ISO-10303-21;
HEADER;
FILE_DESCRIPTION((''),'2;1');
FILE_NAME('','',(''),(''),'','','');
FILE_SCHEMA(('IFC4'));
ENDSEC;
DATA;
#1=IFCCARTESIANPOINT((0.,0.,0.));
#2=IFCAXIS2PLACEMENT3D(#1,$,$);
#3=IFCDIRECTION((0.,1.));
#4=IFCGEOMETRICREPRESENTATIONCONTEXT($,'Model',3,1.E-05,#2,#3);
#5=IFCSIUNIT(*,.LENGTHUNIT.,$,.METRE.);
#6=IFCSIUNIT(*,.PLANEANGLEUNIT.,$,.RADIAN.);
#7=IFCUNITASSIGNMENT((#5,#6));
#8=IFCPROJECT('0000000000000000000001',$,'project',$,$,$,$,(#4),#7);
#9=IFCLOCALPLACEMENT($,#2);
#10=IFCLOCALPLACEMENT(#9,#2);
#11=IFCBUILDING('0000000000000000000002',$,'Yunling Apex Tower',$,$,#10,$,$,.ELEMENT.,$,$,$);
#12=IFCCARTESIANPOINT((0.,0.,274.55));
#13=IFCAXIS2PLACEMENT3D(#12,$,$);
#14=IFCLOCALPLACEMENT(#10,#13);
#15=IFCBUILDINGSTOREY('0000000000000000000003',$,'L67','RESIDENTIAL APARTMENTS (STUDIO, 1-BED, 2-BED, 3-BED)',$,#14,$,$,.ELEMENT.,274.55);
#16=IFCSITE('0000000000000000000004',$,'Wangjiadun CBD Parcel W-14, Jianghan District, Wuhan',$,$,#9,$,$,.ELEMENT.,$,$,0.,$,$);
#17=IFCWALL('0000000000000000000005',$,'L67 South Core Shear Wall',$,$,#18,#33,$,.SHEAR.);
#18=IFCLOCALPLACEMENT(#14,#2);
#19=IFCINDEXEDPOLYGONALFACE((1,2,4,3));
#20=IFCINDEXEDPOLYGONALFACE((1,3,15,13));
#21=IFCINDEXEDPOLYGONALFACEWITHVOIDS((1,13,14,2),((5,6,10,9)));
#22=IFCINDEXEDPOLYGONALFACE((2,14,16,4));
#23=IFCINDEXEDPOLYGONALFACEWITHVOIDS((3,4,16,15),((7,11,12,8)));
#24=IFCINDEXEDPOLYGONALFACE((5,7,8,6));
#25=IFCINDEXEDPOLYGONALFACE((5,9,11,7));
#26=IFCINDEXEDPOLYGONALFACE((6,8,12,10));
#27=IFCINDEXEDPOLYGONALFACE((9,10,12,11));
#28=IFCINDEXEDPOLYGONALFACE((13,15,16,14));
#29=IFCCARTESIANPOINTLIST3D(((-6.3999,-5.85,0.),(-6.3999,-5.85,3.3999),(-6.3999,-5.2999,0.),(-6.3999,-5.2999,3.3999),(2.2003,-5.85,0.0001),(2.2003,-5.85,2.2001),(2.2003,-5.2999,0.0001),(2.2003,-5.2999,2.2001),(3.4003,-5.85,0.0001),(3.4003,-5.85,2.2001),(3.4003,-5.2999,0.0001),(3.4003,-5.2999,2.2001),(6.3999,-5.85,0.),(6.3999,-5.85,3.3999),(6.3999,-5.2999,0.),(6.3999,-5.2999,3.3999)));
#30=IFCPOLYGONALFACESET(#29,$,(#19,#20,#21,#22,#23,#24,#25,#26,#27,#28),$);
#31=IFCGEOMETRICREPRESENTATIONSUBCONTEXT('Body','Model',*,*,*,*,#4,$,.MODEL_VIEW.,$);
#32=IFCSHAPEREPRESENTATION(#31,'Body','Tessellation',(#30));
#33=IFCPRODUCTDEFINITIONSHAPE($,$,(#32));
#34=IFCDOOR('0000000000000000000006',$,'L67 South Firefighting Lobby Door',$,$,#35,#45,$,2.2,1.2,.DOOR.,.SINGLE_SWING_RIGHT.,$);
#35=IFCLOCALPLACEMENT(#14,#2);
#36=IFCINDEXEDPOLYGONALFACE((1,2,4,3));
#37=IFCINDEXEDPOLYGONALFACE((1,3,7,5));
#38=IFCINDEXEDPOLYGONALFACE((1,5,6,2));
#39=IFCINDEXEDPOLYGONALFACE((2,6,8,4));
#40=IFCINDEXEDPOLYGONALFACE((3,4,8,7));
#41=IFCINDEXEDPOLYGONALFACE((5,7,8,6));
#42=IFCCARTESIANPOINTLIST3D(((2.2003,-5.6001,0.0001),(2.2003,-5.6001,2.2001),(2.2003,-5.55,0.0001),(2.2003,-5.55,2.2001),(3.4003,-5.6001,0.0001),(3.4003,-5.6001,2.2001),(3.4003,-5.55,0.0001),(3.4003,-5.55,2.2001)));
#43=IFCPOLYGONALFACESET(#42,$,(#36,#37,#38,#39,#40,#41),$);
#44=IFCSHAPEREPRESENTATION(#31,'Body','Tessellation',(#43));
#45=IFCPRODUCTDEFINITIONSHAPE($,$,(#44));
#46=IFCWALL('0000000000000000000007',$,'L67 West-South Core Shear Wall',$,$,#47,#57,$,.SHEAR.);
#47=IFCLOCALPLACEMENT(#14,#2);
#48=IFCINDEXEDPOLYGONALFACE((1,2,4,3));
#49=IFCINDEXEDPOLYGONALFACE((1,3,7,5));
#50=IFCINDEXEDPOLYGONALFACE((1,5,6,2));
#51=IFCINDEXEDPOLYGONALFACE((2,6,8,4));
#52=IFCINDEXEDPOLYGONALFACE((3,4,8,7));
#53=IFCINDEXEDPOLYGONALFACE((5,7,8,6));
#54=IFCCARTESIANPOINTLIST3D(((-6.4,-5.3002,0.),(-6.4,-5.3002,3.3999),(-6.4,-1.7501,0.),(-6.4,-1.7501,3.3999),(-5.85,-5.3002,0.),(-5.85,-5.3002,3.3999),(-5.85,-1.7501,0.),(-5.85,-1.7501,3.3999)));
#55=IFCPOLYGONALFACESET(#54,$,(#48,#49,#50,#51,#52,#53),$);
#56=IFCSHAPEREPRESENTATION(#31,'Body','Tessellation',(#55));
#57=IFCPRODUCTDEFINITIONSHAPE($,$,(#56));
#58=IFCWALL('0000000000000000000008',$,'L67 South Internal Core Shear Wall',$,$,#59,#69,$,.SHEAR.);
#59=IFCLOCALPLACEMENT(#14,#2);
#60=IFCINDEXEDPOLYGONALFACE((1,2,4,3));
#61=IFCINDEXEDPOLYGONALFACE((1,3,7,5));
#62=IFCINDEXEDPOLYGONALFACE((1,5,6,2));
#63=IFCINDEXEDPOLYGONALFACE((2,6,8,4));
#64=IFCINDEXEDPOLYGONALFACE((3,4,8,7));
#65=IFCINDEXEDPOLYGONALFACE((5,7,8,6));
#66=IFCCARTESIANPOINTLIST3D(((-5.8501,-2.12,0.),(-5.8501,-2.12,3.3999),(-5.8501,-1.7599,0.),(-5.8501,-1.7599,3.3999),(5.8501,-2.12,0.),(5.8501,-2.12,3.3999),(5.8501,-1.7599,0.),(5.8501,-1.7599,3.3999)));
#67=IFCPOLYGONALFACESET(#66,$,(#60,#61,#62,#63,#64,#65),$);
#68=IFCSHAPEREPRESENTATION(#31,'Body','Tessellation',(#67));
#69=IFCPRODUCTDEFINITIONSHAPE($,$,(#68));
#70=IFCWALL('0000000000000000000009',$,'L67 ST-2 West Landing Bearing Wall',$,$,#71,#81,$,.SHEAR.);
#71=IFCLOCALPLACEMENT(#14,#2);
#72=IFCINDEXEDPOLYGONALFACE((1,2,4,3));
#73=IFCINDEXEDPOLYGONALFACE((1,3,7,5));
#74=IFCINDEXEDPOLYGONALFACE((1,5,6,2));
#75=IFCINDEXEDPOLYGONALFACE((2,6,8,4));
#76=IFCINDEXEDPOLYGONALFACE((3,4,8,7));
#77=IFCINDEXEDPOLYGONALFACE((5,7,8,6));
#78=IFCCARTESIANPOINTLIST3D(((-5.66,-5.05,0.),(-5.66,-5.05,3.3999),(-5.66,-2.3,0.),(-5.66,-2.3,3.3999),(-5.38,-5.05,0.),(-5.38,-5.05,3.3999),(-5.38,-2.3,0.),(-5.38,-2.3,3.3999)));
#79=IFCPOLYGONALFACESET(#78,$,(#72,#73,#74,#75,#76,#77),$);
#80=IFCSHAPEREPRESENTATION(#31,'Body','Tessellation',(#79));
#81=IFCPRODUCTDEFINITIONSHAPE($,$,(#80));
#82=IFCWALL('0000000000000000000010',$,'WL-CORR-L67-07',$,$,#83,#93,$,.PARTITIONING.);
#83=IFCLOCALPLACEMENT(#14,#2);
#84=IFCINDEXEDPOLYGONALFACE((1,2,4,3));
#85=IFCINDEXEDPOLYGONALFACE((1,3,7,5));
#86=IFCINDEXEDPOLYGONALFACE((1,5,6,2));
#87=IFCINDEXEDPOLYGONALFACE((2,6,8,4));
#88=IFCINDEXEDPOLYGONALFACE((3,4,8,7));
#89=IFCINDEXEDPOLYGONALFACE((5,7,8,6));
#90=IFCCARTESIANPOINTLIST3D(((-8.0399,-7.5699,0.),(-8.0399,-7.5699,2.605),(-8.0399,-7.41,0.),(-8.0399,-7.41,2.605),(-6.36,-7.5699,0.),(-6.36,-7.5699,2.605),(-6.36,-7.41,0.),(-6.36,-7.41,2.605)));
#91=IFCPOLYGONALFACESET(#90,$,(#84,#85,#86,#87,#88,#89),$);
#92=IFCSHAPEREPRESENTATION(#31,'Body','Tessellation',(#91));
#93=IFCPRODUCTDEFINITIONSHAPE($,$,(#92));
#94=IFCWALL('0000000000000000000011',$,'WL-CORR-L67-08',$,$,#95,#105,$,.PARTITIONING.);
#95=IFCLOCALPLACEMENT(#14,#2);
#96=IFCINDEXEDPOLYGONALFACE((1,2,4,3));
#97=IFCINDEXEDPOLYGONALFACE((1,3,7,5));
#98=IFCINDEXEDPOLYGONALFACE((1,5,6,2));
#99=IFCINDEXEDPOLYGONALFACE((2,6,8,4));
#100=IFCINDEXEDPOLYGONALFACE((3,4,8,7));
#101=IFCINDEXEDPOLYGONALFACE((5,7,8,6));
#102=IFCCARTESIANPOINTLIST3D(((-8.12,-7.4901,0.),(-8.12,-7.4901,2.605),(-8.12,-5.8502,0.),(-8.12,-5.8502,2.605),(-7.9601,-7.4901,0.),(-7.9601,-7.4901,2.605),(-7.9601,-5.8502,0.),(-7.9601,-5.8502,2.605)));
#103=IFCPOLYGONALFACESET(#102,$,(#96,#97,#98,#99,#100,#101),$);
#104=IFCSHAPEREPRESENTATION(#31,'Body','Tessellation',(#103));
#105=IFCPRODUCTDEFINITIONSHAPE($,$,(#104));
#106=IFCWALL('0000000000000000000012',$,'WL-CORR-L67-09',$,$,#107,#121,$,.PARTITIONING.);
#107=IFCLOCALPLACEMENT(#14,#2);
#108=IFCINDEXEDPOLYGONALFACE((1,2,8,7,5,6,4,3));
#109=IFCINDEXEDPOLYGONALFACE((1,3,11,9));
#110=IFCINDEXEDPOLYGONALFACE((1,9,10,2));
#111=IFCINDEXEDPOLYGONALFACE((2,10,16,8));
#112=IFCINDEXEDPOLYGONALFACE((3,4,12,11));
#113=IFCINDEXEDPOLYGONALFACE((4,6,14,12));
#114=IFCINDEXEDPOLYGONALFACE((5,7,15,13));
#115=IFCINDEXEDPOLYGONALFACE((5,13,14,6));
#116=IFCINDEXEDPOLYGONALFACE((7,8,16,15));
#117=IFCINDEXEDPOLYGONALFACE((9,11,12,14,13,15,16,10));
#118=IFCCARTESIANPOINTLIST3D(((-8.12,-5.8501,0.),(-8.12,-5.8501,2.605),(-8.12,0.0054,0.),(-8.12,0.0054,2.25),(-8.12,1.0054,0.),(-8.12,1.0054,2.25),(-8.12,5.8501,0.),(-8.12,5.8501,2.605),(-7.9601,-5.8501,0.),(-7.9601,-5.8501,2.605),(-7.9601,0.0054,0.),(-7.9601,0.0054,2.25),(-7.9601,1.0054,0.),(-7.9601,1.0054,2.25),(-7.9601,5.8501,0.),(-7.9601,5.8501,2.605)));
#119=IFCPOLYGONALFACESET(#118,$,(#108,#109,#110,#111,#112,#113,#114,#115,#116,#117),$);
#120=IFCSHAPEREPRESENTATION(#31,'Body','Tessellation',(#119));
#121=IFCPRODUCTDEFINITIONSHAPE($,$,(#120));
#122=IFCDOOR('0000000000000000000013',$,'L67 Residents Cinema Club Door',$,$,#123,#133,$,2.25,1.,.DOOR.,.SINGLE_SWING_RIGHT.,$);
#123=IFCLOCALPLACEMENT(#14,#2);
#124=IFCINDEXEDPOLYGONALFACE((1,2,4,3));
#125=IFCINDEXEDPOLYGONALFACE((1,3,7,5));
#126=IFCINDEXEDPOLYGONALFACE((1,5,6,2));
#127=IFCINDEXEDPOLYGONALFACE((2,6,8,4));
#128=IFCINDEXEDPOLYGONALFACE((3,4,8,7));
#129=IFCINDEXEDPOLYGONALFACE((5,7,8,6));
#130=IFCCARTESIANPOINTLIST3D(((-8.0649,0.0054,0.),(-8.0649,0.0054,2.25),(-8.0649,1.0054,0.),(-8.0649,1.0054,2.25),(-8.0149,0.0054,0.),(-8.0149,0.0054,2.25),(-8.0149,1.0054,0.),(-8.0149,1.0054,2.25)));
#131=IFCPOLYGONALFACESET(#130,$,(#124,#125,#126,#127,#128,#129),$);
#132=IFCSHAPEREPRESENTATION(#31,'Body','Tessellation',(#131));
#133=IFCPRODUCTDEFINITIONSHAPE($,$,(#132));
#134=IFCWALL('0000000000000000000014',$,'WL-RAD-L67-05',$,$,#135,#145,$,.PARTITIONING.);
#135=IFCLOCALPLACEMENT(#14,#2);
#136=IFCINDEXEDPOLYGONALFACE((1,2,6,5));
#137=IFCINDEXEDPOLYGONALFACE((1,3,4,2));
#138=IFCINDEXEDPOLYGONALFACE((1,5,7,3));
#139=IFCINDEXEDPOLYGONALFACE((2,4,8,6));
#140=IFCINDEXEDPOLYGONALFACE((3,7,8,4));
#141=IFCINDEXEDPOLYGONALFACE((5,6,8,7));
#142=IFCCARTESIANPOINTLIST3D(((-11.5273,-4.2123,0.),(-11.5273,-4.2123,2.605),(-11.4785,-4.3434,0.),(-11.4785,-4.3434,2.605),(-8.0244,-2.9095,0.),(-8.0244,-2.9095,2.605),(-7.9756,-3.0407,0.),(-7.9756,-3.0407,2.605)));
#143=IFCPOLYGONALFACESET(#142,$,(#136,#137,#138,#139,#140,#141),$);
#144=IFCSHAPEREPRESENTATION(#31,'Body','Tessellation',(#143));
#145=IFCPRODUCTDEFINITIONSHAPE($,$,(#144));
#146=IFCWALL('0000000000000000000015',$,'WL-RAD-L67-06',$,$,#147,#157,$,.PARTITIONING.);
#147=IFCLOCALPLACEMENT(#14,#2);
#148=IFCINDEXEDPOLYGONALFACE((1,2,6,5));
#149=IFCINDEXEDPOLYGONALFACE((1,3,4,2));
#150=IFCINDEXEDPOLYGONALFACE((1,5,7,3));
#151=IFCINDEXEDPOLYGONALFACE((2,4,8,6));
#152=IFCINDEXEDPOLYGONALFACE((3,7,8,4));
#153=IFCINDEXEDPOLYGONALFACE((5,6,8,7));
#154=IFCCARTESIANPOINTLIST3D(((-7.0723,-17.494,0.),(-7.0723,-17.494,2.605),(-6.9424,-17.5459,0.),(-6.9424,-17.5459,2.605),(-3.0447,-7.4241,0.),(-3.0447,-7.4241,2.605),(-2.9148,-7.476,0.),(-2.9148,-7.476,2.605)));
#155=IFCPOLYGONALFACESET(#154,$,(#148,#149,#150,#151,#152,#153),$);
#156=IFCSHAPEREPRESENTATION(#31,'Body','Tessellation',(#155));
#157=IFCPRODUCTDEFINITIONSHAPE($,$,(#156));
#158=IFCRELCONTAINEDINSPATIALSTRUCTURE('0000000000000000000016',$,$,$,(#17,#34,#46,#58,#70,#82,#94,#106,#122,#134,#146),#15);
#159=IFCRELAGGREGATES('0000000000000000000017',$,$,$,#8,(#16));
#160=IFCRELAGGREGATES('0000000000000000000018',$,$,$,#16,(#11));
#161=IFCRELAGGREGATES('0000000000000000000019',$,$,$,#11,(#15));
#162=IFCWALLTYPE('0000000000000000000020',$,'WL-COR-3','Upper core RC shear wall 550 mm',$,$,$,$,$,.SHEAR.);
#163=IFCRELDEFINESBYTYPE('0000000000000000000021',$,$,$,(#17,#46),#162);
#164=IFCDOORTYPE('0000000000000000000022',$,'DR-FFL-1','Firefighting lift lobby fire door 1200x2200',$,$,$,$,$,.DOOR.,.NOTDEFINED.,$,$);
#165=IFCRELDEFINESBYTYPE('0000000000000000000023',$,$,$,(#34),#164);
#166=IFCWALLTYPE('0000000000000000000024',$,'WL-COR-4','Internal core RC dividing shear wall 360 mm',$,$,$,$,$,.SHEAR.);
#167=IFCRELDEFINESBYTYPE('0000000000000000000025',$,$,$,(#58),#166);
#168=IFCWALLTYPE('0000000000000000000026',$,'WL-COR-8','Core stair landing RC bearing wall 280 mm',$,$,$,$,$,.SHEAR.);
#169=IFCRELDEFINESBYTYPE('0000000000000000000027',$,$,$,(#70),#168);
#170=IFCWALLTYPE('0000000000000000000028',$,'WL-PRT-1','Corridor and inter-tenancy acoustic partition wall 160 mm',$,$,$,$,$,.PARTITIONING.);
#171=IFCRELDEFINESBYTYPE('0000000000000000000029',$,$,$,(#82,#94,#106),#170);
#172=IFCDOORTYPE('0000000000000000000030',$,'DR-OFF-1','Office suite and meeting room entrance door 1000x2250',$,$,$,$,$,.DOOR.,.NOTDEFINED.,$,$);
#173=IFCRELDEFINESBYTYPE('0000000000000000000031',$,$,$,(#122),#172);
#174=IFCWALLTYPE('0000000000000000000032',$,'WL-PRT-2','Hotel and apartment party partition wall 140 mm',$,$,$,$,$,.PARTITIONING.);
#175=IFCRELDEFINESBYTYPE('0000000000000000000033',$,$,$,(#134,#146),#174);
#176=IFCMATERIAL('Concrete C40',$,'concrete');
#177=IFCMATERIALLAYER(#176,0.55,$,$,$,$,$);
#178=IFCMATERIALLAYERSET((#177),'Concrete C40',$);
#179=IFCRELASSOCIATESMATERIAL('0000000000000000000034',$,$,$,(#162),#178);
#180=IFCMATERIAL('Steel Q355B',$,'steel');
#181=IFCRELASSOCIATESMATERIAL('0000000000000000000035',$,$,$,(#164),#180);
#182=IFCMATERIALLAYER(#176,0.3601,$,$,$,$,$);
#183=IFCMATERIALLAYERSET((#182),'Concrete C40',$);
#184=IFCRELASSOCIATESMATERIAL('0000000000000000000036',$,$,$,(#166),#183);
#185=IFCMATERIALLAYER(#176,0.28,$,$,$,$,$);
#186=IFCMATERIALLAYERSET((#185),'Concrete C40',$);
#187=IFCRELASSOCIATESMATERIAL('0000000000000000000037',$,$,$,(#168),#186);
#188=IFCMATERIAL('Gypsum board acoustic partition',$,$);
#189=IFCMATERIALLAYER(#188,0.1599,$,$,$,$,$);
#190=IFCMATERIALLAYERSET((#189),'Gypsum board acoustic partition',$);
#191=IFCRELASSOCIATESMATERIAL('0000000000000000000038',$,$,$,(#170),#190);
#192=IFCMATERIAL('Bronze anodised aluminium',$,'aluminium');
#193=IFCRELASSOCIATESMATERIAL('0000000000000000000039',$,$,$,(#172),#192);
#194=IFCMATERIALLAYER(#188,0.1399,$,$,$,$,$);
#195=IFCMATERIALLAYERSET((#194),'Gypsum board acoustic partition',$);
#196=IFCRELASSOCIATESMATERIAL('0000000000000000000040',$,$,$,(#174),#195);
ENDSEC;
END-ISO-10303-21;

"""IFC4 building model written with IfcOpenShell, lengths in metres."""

from ifc_helpers import new_model, si_unit, direction, frame, frame_2d, origin, place, context, subcontext, project, spatial, rectangle, extrude, material, layer, layer_set, type_object, element, fill, save


model = new_model("IFC4")

# Units and contexts
model_context = context("Model", 3, precision=1e-05, world=origin(), true_north=direction((0.0, 1.0)))
body_context = subcontext(model_context, "Body", "Model", "MODEL_VIEW")
ifc_project = project(units=[si_unit("LENGTHUNIT", "METRE"), si_unit("PLANEANGLEUNIT", "RADIAN")], contexts=[model_context])

# Site, building, storey
site_placement = place(None, origin())
site = spatial("IfcSite", under=ifc_project, at=site_placement, Name="Wangjiadun CBD Parcel W-14, Jianghan District, Wuhan", CompositionType="ELEMENT", RefElevation=0.0)
building_placement = place(site_placement, origin())
building = spatial("IfcBuilding", under=site, at=building_placement, Name="Yunling Apex Tower", CompositionType="ELEMENT")
storey_placement = place(building_placement, frame((0.0, 0.0, 274.55)))
storey = spatial("IfcBuildingStorey", under=building, at=storey_placement, Name="L67", Description="RESIDENTIAL APARTMENTS (STUDIO, 1-BED, 2-BED, 3-BED)", CompositionType="ELEMENT", Elevation=274.55)

# Shared definitions
ifc_material_1 = material(Name="Steel Q355B", Category="steel")

# Shared definitions
ifc_material_2 = material(Name="Concrete C40", Category="concrete")

# Shared definitions
ifc_material_3 = material(Name="Bronze anodised aluminium", Category="aluminium")

# Wall, opening, door
ifc_layer_1 = layer(ifc_material_2, 0.55)
ifc_layer_set_1 = layer_set([ifc_layer_1], Name="Concrete C40")
wall_type_1 = type_object("IfcWallType", Name="WL-COR-3", Description="Upper core RC shear wall 550 mm", PredefinedType="SHEAR", material=ifc_layer_set_1)
wall_1_placement = place(storey_placement, frame((-6.3999, -5.575, 0.0), z_axis=(0.0, 0.0, 1.0), x_axis=(1.0, 0.0, 0.0)))
wall_1 = element("IfcWall", 1, at=wall_1_placement, inside=storey, type_object=wall_type_1, Name="L67 South Core Shear Wall", PredefinedType="SHEAR", context=body_context, shape_type="SweptSolid", body=[
    extrude(rectangle(XDim=12.7998, YDim=0.55, at=frame_2d((6.3999, 0.0))), origin(), (0.0, 0.0, 1.0), 3.3999),
])
opening_1_placement = place(wall_1_placement, frame((8.6001, 0.0, 0.0)))
opening_1 = element("IfcOpeningElement", 2, at=opening_1_placement, cuts=wall_1, PredefinedType="OPENING", context=body_context, shape_type="SweptSolid", body=[
    extrude(rectangle(XDim=1.2, YDim=2.2, at=frame_2d((0.6001, 1.1001))), frame((0.0, 0.2852, 0.0), z_axis=(0.0, -1.0, 0.0), x_axis=(1.0, 0.0, 0.0)), (0.0, 0.0, 1.0), 0.5701),
])
door_type_1 = type_object("IfcDoorType", Name="DR-FFL-1", Description="Firefighting lift lobby fire door 1200x2200", OperationType="NOTDEFINED", PredefinedType="DOOR", material=ifc_material_1)
door_1_placement = place(opening_1_placement, origin())
door_1 = element("IfcDoor", 3, at=door_1_placement, inside=storey, type_object=door_type_1, Name="L67 South Firefighting Lobby Door", OperationType="SINGLE_SWING_RIGHT", OverallHeight=2.2, OverallWidth=1.2, PredefinedType="DOOR", context=body_context, shape_type="SweptSolid", body=[
    extrude(rectangle(XDim=1.2, YDim=2.2, at=frame_2d((0.6001, 1.1001))), frame((0.0, 0.0249, 0.0), z_axis=(0.0, -1.0, 0.0), x_axis=(1.0, 0.0, 0.0)), (0.0, 0.0, 1.0), 0.05),
])
fill(opening_1, door_1)

# Walls
wall_2_placement = place(storey_placement, frame((-6.125, -5.3, 0.0), z_axis=(0.0, 0.0, 1.0), x_axis=(0.0, 1.0, 0.0)))
element("IfcWall", 4, at=wall_2_placement, inside=storey, type_object=wall_type_1, Name="L67 West-South Core Shear Wall", PredefinedType="SHEAR", context=body_context, shape_type="SweptSolid", body=[
    extrude(rectangle(XDim=3.55, YDim=0.55, at=frame_2d((1.7749, 0.0))), origin(), (0.0, 0.0, 1.0), 3.3999),
])
ifc_layer_2 = layer(ifc_material_2, 0.3601)
ifc_layer_set_2 = layer_set([ifc_layer_2], Name="Concrete C40")
wall_type_2 = type_object("IfcWallType", Name="WL-COR-4", Description="Internal core RC dividing shear wall 360 mm", PredefinedType="SHEAR", material=ifc_layer_set_2)
wall_3_placement = place(storey_placement, frame((-5.8501, -1.9399, 0.0), z_axis=(0.0, 0.0, 1.0), x_axis=(1.0, 0.0, 0.0)))
element("IfcWall", 5, at=wall_3_placement, inside=storey, type_object=wall_type_2, Name="L67 South Internal Core Shear Wall", PredefinedType="SHEAR", context=body_context, shape_type="SweptSolid", body=[
    extrude(rectangle(XDim=11.7002, YDim=0.3601, at=frame_2d((5.8501, 0.0))), origin(), (0.0, 0.0, 1.0), 3.3999),
])
ifc_layer_3 = layer(ifc_material_2, 0.28)
ifc_layer_set_3 = layer_set([ifc_layer_3], Name="Concrete C40")
wall_type_3 = type_object("IfcWallType", Name="WL-COR-8", Description="Core stair landing RC bearing wall 280 mm", PredefinedType="SHEAR", material=ifc_layer_set_3)
wall_4_placement = place(storey_placement, frame((-5.52, -5.05, 0.0), z_axis=(0.0, 0.0, 1.0), x_axis=(0.0, 1.0, 0.0)))
element("IfcWall", 6, at=wall_4_placement, inside=storey, type_object=wall_type_3, Name="L67 ST-2 West Landing Bearing Wall", PredefinedType="SHEAR", context=body_context, shape_type="SweptSolid", body=[
    extrude(rectangle(XDim=2.75, YDim=0.28, at=frame_2d((1.375, 0.0))), origin(), (0.0, 0.0, 1.0), 3.3999),
])
ifc_material_4 = material(Name="Gypsum board acoustic partition")
ifc_layer_4 = layer(ifc_material_4, 0.1599)
ifc_layer_set_4 = layer_set([ifc_layer_4], Name="Gypsum board acoustic partition")
wall_type_4 = type_object("IfcWallType", Name="WL-PRT-1", Description="Corridor and inter-tenancy acoustic partition wall 160 mm", PredefinedType="PARTITIONING", material=ifc_layer_set_4)
wall_5_placement = place(storey_placement, frame((-6.3601, -7.49, 0.0), z_axis=(0.0, 0.0, 1.0), x_axis=(-1.0, 0.0, 0.0)))
element("IfcWall", 7, at=wall_5_placement, inside=storey, type_object=wall_type_4, Name="WL-CORR-L67-07", PredefinedType="PARTITIONING", context=body_context, shape_type="SweptSolid", body=[
    extrude(rectangle(XDim=1.6799, YDim=0.1599, at=frame_2d((0.8398, 0.0))), origin(), (0.0, 0.0, 1.0), 2.605),
])
wall_6_placement = place(storey_placement, frame((-8.04, -7.49, 0.0), z_axis=(0.0, 0.0, 1.0), x_axis=(0.0, 1.0, 0.0)))
element("IfcWall", 8, at=wall_6_placement, inside=storey, type_object=wall_type_4, Name="WL-CORR-L67-08", PredefinedType="PARTITIONING", context=body_context, shape_type="SweptSolid", body=[
    extrude(rectangle(XDim=1.6399, YDim=0.1599, at=frame_2d((0.8198, 0.0))), origin(), (0.0, 0.0, 1.0), 2.605),
])

# Wall, opening, door
wall_7_placement = place(storey_placement, frame((-8.04, -5.8501, 0.0), z_axis=(0.0, 0.0, 1.0), x_axis=(0.0, 1.0, 0.0)))
wall_7 = element("IfcWall", 9, at=wall_7_placement, inside=storey, type_object=wall_type_4, Name="WL-CORR-L67-09", PredefinedType="PARTITIONING", context=body_context, shape_type="SweptSolid", body=[
    extrude(rectangle(XDim=11.7002, YDim=0.1599, at=frame_2d((5.8501, 0.0))), origin(), (0.0, 0.0, 1.0), 2.605),
])
opening_2_placement = place(wall_7_placement, frame((5.8555, 0.0, 0.0)))
opening_2 = element("IfcOpeningElement", 10, at=opening_2_placement, cuts=wall_7, PredefinedType="OPENING", context=body_context, shape_type="SweptSolid", body=[
    extrude(rectangle(XDim=1.0, YDim=2.25, at=frame_2d((0.5, 1.125))), frame((0.0, 0.0898, 0.0), z_axis=(0.0, -1.0, 0.0), x_axis=(1.0, 0.0, 0.0)), (0.0, 0.0, 1.0), 0.1799),
])
door_type_2 = type_object("IfcDoorType", Name="DR-OFF-1", Description="Office suite and meeting room entrance door 1000x2250", OperationType="NOTDEFINED", PredefinedType="DOOR", material=ifc_material_3)
door_2_placement = place(opening_2_placement, origin())
door_2 = element("IfcDoor", 11, at=door_2_placement, inside=storey, type_object=door_type_2, Name="L67 Residents Cinema Club Door", OperationType="SINGLE_SWING_RIGHT", OverallHeight=2.25, OverallWidth=1.0, PredefinedType="DOOR", context=body_context, shape_type="SweptSolid", body=[
    extrude(rectangle(XDim=1.0, YDim=2.25, at=frame_2d((0.5, 1.125))), frame((0.0, 0.0249, 0.0), z_axis=(0.0, -1.0, 0.0), x_axis=(1.0, 0.0, 0.0)), (0.0, 0.0, 1.0), 0.05),
])
fill(opening_2, door_2)

# Walls
ifc_layer_5 = layer(ifc_material_4, 0.1399)
ifc_layer_set_5 = layer_set([ifc_layer_5], Name="Gypsum board acoustic partition")
wall_type_5 = type_object("IfcWallType", Name="WL-PRT-2", Description="Hotel and apartment party partition wall 140 mm", PredefinedType="PARTITIONING", material=ifc_layer_set_5)
wall_8_placement = place(storey_placement, frame((-8.0, -2.9751, 0.0), z_axis=(0.0, 0.0, 1.0), x_axis=(-0.937281, -0.348574, 0.0)))
element("IfcWall", 12, at=wall_8_placement, inside=storey, type_object=wall_type_5, Name="WL-RAD-L67-05", PredefinedType="PARTITIONING", context=body_context, shape_type="SweptSolid", body=[
    extrude(rectangle(XDim=3.7373, YDim=0.1399, at=frame_2d((1.8687, 0.0))), origin(), (0.0, 0.0, 1.0), 2.605),
])
wall_9_placement = place(storey_placement, frame((-2.9797, -7.45, 0.0), z_axis=(0.0, 0.0, 1.0), x_axis=(-0.371364, -0.928488, 0.0)))
element("IfcWall", 13, at=wall_9_placement, inside=storey, type_object=wall_type_5, Name="WL-RAD-L67-06", PredefinedType="PARTITIONING", context=body_context, shape_type="SweptSolid", body=[
    extrude(rectangle(XDim=10.8455, YDim=0.1399, at=frame_2d((5.4229, 0.0))), origin(), (0.0, 0.0, 1.0), 2.605),
])

save(model, "model.ifc")
